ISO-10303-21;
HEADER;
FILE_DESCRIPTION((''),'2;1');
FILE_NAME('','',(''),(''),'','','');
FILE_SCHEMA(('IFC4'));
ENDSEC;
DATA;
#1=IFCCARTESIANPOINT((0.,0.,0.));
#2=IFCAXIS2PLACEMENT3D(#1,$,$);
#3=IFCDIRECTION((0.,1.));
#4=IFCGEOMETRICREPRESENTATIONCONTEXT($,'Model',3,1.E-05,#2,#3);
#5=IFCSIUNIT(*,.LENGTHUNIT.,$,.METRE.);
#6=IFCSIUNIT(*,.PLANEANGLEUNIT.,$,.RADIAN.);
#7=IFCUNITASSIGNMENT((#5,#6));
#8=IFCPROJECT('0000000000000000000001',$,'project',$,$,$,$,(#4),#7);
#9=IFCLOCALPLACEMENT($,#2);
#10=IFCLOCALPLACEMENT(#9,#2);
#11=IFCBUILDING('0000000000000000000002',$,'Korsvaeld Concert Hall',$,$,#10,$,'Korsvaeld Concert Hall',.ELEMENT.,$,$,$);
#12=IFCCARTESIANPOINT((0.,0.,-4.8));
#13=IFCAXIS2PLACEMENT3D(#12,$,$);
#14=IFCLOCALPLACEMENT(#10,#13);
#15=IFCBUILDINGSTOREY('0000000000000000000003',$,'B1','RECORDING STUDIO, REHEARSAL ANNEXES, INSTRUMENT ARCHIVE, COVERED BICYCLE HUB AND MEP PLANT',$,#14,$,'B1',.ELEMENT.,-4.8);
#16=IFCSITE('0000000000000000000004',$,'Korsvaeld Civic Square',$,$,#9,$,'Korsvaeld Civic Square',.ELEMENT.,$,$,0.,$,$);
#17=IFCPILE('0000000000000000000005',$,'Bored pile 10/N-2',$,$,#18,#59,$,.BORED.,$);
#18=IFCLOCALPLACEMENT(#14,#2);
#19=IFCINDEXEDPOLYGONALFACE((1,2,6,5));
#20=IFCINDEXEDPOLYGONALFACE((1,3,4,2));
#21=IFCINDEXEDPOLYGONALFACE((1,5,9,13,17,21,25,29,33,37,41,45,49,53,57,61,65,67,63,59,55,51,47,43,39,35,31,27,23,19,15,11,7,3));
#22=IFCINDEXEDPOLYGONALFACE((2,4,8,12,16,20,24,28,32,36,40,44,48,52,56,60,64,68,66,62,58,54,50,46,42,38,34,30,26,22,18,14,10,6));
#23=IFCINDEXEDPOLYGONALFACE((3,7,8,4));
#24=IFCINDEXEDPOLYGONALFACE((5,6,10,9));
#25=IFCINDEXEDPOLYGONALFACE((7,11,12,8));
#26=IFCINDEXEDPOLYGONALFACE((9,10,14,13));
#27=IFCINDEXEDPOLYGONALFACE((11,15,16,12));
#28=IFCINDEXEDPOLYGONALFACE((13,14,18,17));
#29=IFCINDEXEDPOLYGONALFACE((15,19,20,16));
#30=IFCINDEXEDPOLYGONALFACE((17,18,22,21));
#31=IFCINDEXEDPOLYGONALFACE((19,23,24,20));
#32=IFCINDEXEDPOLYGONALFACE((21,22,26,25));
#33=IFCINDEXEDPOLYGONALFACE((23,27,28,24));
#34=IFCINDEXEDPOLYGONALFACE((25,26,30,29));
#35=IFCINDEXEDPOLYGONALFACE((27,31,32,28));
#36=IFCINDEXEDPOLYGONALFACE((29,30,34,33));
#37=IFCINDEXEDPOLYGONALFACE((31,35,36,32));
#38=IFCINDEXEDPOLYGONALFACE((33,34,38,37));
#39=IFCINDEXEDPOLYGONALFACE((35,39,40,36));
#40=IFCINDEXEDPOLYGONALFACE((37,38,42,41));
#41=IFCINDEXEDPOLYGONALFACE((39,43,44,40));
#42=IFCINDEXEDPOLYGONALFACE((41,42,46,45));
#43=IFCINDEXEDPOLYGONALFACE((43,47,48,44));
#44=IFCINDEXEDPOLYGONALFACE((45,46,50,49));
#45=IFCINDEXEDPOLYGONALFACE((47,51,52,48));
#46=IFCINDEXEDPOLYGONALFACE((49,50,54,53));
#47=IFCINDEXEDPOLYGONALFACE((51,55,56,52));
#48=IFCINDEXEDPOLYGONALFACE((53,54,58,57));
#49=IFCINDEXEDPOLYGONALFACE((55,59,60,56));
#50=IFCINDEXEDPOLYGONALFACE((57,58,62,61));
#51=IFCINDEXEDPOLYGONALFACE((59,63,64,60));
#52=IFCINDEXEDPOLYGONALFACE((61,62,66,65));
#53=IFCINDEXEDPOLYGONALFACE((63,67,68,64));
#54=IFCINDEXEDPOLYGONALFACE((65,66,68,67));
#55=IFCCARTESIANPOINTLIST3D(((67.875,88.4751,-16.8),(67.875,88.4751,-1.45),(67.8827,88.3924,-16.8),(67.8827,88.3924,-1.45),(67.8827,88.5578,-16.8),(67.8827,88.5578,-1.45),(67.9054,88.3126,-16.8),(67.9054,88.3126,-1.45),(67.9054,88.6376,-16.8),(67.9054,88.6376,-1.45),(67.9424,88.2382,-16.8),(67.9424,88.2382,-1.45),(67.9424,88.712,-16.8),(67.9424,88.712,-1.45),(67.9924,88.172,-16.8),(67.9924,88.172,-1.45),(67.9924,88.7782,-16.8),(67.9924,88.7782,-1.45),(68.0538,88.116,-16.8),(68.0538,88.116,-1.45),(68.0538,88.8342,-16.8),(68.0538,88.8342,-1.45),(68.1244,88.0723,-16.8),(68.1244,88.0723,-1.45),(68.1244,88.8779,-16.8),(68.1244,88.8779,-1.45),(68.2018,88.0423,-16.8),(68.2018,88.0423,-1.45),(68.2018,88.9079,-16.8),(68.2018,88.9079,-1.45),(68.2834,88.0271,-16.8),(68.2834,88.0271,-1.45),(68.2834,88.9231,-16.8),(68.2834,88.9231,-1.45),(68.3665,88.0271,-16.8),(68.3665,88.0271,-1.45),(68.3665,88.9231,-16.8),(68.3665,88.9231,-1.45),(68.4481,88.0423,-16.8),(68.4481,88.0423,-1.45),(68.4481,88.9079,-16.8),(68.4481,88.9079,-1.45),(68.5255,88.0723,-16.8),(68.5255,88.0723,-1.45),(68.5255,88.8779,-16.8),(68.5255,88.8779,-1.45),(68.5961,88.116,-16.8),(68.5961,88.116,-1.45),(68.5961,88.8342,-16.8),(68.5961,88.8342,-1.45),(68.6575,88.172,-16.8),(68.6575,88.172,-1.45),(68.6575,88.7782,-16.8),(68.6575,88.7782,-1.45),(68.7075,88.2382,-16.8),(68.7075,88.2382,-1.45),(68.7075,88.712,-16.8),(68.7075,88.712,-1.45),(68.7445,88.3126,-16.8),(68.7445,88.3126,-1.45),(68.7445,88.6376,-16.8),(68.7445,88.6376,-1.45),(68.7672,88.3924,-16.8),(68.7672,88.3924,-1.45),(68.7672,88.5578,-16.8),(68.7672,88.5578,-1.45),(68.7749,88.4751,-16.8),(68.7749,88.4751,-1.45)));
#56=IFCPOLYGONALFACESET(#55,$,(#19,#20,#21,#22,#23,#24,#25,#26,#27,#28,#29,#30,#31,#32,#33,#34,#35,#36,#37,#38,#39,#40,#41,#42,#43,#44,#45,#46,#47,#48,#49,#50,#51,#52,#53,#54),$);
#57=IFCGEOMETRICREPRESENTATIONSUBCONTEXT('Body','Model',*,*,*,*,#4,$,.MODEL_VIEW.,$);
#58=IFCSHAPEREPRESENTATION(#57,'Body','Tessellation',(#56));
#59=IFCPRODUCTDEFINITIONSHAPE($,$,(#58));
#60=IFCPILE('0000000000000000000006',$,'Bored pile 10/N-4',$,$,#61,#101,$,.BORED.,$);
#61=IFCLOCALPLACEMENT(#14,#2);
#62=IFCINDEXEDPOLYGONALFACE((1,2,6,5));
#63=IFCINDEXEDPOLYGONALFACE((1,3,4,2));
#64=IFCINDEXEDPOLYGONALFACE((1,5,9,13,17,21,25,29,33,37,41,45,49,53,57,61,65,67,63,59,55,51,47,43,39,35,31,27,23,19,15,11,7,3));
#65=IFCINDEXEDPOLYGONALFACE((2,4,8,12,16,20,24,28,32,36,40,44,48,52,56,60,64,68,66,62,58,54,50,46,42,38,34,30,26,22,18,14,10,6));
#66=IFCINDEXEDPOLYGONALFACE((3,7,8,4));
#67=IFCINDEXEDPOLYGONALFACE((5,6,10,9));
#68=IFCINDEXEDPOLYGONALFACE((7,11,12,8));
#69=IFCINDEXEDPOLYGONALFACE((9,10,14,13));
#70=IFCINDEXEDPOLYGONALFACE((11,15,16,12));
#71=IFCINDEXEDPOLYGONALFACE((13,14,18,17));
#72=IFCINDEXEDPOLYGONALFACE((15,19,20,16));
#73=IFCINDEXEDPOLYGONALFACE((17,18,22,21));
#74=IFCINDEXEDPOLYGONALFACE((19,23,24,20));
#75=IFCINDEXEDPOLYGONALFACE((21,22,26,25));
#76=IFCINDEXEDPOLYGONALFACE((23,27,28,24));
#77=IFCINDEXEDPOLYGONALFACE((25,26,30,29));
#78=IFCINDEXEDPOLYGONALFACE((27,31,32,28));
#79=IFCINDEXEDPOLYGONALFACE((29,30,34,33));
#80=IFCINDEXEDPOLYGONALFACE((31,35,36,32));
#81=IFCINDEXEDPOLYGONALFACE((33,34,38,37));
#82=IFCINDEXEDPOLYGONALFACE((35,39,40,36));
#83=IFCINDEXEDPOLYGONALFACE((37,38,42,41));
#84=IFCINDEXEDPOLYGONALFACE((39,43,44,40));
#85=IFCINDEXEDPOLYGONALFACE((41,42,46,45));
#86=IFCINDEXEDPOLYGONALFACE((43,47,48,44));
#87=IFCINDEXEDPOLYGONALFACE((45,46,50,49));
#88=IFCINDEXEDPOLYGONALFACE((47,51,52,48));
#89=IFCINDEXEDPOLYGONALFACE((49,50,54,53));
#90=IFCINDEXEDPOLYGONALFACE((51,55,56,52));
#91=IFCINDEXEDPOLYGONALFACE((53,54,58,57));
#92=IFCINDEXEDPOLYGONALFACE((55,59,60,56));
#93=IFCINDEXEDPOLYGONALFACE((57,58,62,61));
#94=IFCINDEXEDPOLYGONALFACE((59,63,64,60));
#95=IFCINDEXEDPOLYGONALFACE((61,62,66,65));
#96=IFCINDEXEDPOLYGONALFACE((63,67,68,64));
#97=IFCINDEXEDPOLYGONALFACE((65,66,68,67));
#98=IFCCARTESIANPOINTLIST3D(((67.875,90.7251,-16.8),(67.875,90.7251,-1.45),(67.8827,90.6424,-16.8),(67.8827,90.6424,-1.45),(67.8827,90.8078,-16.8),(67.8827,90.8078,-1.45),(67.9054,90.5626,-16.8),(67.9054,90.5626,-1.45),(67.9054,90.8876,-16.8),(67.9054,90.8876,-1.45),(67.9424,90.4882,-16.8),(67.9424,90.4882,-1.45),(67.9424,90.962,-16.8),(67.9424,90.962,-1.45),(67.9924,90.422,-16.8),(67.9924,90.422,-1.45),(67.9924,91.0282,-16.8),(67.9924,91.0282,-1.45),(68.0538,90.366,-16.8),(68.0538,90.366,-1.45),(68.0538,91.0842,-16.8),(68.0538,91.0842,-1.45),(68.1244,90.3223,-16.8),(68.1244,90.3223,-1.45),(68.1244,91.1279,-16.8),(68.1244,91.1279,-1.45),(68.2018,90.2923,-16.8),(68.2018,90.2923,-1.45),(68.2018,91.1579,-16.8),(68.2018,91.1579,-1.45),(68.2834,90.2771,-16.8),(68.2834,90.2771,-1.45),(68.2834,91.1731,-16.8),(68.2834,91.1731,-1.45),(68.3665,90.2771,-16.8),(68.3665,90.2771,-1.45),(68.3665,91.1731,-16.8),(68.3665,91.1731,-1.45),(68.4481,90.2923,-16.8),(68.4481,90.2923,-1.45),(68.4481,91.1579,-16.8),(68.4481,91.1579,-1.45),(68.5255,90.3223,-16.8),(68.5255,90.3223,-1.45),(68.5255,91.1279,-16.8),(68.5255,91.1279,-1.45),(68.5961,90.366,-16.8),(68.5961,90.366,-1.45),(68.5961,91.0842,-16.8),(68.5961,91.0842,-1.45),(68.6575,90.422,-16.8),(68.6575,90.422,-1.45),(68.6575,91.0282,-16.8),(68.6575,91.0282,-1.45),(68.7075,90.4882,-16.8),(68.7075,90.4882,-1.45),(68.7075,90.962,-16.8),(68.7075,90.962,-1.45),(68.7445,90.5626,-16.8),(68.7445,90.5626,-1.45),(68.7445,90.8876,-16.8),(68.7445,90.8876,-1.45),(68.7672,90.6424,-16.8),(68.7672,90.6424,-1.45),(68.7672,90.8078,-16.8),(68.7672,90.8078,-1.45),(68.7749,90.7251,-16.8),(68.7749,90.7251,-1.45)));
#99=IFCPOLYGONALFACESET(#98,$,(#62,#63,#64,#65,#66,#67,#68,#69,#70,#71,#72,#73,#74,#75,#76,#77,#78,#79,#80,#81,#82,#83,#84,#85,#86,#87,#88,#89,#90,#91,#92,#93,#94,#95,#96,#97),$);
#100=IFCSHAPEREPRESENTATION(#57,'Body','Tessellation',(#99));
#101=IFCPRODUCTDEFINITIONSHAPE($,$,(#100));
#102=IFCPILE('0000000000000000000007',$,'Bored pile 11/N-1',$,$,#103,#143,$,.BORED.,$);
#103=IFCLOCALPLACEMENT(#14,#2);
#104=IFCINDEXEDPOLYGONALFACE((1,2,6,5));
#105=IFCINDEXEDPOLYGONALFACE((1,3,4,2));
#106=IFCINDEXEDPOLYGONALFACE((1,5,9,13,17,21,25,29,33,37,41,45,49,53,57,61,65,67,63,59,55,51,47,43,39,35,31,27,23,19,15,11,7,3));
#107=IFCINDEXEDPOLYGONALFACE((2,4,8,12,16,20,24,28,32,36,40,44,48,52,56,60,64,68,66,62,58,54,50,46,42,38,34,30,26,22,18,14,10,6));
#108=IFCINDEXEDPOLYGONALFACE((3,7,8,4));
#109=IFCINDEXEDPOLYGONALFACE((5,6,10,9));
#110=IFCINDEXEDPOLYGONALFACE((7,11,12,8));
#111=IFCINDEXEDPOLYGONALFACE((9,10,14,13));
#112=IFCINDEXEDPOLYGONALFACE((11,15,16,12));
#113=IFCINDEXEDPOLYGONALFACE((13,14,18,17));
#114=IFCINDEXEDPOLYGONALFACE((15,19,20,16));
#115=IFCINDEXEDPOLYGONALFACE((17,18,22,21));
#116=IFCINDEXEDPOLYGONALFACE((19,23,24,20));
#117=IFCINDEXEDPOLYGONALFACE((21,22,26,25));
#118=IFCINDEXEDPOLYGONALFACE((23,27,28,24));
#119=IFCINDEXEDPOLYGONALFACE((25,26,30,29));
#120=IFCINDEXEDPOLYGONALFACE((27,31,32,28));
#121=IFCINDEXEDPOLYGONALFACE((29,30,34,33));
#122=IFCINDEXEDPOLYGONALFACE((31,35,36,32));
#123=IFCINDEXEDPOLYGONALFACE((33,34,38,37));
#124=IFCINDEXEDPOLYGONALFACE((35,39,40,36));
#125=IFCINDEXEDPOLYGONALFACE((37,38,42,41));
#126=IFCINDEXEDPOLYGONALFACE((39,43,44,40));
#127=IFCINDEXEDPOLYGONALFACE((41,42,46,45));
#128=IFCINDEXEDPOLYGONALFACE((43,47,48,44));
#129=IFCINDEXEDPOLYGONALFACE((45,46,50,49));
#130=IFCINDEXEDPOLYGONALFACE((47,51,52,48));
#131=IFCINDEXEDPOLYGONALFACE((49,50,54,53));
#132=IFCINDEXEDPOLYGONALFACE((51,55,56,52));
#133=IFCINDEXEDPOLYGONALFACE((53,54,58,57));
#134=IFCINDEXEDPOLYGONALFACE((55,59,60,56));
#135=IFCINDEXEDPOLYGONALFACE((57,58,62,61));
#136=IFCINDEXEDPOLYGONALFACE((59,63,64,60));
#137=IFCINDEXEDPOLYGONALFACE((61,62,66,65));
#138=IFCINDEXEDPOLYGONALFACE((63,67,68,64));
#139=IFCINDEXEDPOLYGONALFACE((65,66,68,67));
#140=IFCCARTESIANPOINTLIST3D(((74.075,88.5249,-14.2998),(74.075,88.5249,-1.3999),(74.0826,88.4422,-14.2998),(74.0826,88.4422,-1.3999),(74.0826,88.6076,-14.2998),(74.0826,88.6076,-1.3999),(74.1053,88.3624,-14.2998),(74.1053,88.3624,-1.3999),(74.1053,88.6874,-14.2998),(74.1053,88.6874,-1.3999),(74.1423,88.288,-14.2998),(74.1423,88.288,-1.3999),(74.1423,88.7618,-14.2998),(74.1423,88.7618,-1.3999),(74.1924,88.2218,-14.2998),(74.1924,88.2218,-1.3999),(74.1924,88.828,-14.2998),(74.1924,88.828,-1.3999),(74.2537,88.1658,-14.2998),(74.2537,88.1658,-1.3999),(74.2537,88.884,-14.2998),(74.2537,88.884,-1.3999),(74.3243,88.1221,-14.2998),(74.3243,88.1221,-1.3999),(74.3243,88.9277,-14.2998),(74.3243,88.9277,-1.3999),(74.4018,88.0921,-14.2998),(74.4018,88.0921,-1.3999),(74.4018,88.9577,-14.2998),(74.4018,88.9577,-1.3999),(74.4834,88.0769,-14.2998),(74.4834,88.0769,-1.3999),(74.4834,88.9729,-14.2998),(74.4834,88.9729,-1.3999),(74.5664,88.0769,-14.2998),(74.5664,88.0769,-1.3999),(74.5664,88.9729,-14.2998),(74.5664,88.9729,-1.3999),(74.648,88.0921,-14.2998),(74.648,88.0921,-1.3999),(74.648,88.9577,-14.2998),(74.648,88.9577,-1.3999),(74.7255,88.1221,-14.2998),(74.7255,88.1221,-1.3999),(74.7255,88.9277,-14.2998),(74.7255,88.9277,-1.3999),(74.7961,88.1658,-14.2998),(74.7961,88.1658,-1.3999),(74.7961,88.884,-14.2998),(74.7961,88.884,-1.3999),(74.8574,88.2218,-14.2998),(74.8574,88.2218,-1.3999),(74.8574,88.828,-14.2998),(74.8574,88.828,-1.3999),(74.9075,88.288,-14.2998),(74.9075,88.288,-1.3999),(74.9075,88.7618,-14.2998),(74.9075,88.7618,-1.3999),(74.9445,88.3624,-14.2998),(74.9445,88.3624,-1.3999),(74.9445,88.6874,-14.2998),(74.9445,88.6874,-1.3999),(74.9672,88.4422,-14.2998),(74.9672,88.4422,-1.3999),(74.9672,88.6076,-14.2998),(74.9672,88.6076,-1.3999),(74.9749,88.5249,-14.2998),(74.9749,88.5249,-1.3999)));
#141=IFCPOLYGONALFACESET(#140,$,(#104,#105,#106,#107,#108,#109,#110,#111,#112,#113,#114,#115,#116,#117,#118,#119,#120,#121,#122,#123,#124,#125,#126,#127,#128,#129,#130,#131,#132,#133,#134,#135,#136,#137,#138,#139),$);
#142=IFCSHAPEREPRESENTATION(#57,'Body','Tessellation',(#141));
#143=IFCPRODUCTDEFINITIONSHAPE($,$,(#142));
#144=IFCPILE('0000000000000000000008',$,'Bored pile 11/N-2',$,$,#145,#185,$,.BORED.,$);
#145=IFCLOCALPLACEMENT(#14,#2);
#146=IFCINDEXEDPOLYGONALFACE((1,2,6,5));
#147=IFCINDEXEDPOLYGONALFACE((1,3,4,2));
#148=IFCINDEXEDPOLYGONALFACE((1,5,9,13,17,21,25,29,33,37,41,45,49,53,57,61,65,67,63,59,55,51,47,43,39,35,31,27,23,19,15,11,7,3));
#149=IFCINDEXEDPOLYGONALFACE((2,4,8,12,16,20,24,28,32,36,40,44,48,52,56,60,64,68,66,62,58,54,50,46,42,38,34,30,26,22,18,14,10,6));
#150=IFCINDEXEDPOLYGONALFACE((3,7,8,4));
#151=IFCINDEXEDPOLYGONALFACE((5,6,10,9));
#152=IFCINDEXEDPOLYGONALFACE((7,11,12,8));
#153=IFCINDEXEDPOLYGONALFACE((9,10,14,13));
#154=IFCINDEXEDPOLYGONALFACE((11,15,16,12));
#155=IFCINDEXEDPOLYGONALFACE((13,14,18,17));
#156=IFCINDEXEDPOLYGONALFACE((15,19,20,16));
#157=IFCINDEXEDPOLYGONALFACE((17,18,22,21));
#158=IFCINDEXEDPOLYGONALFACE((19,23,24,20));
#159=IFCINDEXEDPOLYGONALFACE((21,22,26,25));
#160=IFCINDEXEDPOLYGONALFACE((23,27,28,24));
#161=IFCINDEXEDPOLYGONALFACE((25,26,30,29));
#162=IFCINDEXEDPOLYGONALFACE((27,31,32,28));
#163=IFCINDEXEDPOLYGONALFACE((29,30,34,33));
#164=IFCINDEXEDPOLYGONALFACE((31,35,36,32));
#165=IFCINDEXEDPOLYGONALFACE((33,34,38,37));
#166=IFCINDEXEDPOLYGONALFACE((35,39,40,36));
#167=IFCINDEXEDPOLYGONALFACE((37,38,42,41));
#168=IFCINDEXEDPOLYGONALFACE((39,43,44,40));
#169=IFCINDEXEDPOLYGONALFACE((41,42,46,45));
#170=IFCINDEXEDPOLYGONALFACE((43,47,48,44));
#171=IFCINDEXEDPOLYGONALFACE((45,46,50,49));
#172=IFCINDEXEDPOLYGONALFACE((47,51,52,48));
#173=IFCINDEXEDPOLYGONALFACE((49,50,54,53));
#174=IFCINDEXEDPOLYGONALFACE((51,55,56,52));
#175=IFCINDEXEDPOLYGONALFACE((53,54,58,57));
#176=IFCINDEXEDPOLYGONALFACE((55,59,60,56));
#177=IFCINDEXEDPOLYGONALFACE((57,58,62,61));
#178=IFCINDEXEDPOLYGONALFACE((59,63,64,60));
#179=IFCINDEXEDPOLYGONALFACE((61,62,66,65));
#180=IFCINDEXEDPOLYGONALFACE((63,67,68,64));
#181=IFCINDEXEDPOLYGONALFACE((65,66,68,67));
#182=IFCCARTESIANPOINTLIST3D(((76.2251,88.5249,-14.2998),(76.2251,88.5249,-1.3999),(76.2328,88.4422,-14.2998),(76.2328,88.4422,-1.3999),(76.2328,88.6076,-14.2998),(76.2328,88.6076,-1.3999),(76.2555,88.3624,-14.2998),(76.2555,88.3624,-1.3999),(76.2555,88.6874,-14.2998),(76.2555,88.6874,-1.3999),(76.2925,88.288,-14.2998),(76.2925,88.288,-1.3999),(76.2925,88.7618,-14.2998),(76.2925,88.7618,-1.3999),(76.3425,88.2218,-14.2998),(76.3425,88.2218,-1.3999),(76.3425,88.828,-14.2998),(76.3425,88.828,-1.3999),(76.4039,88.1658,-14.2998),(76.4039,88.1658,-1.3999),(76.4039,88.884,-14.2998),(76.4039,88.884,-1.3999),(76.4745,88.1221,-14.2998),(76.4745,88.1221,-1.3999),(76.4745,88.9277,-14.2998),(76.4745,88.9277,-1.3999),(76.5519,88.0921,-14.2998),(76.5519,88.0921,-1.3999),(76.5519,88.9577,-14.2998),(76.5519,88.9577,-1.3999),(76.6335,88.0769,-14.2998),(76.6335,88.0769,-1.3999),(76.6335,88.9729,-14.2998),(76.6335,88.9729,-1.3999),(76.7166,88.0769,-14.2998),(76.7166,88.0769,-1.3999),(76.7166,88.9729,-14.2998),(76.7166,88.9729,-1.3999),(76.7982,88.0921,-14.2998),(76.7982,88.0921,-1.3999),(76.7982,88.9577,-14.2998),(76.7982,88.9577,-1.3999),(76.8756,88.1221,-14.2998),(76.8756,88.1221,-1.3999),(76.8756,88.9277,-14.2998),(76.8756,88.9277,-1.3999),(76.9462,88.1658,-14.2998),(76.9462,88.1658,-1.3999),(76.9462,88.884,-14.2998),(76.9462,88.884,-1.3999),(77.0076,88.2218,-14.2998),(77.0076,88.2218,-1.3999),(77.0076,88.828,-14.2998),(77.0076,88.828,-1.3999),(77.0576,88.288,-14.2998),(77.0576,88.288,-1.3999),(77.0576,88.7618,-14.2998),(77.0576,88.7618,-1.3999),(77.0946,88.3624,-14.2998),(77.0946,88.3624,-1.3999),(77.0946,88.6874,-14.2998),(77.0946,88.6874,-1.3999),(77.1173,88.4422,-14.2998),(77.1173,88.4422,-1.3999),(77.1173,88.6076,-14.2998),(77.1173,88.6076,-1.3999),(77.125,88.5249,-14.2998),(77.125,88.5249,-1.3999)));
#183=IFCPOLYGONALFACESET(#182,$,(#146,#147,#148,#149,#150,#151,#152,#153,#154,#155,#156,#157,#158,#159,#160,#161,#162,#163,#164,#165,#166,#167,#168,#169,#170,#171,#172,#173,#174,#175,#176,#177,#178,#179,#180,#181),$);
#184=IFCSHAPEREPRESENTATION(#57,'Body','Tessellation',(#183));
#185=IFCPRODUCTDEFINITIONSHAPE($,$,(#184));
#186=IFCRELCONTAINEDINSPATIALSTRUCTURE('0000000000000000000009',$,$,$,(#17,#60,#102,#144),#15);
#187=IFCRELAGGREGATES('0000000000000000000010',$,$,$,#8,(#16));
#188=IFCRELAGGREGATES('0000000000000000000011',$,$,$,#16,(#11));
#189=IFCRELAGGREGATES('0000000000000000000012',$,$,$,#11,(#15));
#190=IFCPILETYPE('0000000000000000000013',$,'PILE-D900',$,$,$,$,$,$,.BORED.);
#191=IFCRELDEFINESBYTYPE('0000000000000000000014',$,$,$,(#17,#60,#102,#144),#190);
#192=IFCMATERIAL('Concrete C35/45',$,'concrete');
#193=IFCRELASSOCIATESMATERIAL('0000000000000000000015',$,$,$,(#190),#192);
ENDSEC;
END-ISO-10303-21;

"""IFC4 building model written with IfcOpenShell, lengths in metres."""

from ifc_helpers import new_model, si_unit, direction, frame, origin, origin_2d, place, context, subcontext, project, spatial, circle, extrude, material, material_profile, profile_set, type_object, element, save


model = new_model("IFC4")

# Units and contexts
model_context = context("Model", 3, precision=1e-05, world=origin(), true_north=direction((0.0, 1.0)))
body_context = subcontext(model_context, "Body", "Model", "MODEL_VIEW")
ifc_project = project(units=[si_unit("LENGTHUNIT", "METRE"), si_unit("PLANEANGLEUNIT", "RADIAN")], contexts=[model_context])

# Site, building, storey
site_placement = place(None, origin())
site = spatial("IfcSite", under=ifc_project, at=site_placement, Name="Korsvaeld Civic Square", LongName="Korsvaeld Civic Square", CompositionType="ELEMENT", RefElevation=0.0)
building_placement = place(site_placement, origin())
building = spatial("IfcBuilding", under=site, at=building_placement, Name="Korsvaeld Concert Hall", LongName="Korsvaeld Concert Hall", CompositionType="ELEMENT")
storey_placement = place(building_placement, frame((0.0, 0.0, -4.8)))
storey = spatial("IfcBuildingStorey", under=building, at=storey_placement, Name="B1", Description="RECORDING STUDIO, REHEARSAL ANNEXES, INSTRUMENT ARCHIVE, COVERED BICYCLE HUB AND MEP PLANT", LongName="B1", CompositionType="ELEMENT", Elevation=-4.8)

# Shared definitions
ifc_material_1 = material(Name="Concrete C35/45", Category="concrete")

# Piles
ifc_material_profile_1 = material_profile(ifc_material_1, circle(Radius=0.45, at=origin_2d()), Name="BORED PILE D900")
ifc_profile_set_1 = profile_set([ifc_material_profile_1], Name="Concrete C35/45")
pile_type_1 = type_object("IfcPileType", Name="PILE-D900", PredefinedType="BORED", material=ifc_profile_set_1)
for number, where, z_axis, x_axis, name in (
    (1, (68.325, 88.4751, -1.45), (0.0, 0.0, -1.0), (1.0, 0.0, 0.0), "Bored pile 10/N-2"),
    (2, (68.325, 90.7251, -1.45), (0.0, 0.0, -1.0), (1.0, 0.0, 0.0), "Bored pile 10/N-4"),
):
    element("IfcPile", number, at=place(storey_placement, frame(where, z_axis=z_axis, x_axis=x_axis)), inside=storey, type_object=pile_type_1, Name=name, PredefinedType="BORED", context=body_context, shape_type="SweptSolid", body=[
        extrude(circle(Radius=0.45, at=origin_2d()), origin(), (0.0, 0.0, 1.0), 15.3501),
    ])
for number, where, z_axis, x_axis, name in (
    (3, (74.5249, 88.5249, -1.3999), (0.0, 0.0, -1.0), (1.0, 0.0, 0.0), "Bored pile 11/N-1"),
    (4, (76.675, 88.5249, -1.3999), (0.0, 0.0, -1.0), (1.0, 0.0, 0.0), "Bored pile 11/N-2"),
):
    element("IfcPile", number, at=place(storey_placement, frame(where, z_axis=z_axis, x_axis=x_axis)), inside=storey, type_object=pile_type_1, Name=name, PredefinedType="BORED", context=body_context, shape_type="SweptSolid", body=[
        extrude(circle(Radius=0.45, at=origin_2d()), origin(), (0.0, 0.0, 1.0), 12.8999),
    ])

save(model, "model.ifc")
